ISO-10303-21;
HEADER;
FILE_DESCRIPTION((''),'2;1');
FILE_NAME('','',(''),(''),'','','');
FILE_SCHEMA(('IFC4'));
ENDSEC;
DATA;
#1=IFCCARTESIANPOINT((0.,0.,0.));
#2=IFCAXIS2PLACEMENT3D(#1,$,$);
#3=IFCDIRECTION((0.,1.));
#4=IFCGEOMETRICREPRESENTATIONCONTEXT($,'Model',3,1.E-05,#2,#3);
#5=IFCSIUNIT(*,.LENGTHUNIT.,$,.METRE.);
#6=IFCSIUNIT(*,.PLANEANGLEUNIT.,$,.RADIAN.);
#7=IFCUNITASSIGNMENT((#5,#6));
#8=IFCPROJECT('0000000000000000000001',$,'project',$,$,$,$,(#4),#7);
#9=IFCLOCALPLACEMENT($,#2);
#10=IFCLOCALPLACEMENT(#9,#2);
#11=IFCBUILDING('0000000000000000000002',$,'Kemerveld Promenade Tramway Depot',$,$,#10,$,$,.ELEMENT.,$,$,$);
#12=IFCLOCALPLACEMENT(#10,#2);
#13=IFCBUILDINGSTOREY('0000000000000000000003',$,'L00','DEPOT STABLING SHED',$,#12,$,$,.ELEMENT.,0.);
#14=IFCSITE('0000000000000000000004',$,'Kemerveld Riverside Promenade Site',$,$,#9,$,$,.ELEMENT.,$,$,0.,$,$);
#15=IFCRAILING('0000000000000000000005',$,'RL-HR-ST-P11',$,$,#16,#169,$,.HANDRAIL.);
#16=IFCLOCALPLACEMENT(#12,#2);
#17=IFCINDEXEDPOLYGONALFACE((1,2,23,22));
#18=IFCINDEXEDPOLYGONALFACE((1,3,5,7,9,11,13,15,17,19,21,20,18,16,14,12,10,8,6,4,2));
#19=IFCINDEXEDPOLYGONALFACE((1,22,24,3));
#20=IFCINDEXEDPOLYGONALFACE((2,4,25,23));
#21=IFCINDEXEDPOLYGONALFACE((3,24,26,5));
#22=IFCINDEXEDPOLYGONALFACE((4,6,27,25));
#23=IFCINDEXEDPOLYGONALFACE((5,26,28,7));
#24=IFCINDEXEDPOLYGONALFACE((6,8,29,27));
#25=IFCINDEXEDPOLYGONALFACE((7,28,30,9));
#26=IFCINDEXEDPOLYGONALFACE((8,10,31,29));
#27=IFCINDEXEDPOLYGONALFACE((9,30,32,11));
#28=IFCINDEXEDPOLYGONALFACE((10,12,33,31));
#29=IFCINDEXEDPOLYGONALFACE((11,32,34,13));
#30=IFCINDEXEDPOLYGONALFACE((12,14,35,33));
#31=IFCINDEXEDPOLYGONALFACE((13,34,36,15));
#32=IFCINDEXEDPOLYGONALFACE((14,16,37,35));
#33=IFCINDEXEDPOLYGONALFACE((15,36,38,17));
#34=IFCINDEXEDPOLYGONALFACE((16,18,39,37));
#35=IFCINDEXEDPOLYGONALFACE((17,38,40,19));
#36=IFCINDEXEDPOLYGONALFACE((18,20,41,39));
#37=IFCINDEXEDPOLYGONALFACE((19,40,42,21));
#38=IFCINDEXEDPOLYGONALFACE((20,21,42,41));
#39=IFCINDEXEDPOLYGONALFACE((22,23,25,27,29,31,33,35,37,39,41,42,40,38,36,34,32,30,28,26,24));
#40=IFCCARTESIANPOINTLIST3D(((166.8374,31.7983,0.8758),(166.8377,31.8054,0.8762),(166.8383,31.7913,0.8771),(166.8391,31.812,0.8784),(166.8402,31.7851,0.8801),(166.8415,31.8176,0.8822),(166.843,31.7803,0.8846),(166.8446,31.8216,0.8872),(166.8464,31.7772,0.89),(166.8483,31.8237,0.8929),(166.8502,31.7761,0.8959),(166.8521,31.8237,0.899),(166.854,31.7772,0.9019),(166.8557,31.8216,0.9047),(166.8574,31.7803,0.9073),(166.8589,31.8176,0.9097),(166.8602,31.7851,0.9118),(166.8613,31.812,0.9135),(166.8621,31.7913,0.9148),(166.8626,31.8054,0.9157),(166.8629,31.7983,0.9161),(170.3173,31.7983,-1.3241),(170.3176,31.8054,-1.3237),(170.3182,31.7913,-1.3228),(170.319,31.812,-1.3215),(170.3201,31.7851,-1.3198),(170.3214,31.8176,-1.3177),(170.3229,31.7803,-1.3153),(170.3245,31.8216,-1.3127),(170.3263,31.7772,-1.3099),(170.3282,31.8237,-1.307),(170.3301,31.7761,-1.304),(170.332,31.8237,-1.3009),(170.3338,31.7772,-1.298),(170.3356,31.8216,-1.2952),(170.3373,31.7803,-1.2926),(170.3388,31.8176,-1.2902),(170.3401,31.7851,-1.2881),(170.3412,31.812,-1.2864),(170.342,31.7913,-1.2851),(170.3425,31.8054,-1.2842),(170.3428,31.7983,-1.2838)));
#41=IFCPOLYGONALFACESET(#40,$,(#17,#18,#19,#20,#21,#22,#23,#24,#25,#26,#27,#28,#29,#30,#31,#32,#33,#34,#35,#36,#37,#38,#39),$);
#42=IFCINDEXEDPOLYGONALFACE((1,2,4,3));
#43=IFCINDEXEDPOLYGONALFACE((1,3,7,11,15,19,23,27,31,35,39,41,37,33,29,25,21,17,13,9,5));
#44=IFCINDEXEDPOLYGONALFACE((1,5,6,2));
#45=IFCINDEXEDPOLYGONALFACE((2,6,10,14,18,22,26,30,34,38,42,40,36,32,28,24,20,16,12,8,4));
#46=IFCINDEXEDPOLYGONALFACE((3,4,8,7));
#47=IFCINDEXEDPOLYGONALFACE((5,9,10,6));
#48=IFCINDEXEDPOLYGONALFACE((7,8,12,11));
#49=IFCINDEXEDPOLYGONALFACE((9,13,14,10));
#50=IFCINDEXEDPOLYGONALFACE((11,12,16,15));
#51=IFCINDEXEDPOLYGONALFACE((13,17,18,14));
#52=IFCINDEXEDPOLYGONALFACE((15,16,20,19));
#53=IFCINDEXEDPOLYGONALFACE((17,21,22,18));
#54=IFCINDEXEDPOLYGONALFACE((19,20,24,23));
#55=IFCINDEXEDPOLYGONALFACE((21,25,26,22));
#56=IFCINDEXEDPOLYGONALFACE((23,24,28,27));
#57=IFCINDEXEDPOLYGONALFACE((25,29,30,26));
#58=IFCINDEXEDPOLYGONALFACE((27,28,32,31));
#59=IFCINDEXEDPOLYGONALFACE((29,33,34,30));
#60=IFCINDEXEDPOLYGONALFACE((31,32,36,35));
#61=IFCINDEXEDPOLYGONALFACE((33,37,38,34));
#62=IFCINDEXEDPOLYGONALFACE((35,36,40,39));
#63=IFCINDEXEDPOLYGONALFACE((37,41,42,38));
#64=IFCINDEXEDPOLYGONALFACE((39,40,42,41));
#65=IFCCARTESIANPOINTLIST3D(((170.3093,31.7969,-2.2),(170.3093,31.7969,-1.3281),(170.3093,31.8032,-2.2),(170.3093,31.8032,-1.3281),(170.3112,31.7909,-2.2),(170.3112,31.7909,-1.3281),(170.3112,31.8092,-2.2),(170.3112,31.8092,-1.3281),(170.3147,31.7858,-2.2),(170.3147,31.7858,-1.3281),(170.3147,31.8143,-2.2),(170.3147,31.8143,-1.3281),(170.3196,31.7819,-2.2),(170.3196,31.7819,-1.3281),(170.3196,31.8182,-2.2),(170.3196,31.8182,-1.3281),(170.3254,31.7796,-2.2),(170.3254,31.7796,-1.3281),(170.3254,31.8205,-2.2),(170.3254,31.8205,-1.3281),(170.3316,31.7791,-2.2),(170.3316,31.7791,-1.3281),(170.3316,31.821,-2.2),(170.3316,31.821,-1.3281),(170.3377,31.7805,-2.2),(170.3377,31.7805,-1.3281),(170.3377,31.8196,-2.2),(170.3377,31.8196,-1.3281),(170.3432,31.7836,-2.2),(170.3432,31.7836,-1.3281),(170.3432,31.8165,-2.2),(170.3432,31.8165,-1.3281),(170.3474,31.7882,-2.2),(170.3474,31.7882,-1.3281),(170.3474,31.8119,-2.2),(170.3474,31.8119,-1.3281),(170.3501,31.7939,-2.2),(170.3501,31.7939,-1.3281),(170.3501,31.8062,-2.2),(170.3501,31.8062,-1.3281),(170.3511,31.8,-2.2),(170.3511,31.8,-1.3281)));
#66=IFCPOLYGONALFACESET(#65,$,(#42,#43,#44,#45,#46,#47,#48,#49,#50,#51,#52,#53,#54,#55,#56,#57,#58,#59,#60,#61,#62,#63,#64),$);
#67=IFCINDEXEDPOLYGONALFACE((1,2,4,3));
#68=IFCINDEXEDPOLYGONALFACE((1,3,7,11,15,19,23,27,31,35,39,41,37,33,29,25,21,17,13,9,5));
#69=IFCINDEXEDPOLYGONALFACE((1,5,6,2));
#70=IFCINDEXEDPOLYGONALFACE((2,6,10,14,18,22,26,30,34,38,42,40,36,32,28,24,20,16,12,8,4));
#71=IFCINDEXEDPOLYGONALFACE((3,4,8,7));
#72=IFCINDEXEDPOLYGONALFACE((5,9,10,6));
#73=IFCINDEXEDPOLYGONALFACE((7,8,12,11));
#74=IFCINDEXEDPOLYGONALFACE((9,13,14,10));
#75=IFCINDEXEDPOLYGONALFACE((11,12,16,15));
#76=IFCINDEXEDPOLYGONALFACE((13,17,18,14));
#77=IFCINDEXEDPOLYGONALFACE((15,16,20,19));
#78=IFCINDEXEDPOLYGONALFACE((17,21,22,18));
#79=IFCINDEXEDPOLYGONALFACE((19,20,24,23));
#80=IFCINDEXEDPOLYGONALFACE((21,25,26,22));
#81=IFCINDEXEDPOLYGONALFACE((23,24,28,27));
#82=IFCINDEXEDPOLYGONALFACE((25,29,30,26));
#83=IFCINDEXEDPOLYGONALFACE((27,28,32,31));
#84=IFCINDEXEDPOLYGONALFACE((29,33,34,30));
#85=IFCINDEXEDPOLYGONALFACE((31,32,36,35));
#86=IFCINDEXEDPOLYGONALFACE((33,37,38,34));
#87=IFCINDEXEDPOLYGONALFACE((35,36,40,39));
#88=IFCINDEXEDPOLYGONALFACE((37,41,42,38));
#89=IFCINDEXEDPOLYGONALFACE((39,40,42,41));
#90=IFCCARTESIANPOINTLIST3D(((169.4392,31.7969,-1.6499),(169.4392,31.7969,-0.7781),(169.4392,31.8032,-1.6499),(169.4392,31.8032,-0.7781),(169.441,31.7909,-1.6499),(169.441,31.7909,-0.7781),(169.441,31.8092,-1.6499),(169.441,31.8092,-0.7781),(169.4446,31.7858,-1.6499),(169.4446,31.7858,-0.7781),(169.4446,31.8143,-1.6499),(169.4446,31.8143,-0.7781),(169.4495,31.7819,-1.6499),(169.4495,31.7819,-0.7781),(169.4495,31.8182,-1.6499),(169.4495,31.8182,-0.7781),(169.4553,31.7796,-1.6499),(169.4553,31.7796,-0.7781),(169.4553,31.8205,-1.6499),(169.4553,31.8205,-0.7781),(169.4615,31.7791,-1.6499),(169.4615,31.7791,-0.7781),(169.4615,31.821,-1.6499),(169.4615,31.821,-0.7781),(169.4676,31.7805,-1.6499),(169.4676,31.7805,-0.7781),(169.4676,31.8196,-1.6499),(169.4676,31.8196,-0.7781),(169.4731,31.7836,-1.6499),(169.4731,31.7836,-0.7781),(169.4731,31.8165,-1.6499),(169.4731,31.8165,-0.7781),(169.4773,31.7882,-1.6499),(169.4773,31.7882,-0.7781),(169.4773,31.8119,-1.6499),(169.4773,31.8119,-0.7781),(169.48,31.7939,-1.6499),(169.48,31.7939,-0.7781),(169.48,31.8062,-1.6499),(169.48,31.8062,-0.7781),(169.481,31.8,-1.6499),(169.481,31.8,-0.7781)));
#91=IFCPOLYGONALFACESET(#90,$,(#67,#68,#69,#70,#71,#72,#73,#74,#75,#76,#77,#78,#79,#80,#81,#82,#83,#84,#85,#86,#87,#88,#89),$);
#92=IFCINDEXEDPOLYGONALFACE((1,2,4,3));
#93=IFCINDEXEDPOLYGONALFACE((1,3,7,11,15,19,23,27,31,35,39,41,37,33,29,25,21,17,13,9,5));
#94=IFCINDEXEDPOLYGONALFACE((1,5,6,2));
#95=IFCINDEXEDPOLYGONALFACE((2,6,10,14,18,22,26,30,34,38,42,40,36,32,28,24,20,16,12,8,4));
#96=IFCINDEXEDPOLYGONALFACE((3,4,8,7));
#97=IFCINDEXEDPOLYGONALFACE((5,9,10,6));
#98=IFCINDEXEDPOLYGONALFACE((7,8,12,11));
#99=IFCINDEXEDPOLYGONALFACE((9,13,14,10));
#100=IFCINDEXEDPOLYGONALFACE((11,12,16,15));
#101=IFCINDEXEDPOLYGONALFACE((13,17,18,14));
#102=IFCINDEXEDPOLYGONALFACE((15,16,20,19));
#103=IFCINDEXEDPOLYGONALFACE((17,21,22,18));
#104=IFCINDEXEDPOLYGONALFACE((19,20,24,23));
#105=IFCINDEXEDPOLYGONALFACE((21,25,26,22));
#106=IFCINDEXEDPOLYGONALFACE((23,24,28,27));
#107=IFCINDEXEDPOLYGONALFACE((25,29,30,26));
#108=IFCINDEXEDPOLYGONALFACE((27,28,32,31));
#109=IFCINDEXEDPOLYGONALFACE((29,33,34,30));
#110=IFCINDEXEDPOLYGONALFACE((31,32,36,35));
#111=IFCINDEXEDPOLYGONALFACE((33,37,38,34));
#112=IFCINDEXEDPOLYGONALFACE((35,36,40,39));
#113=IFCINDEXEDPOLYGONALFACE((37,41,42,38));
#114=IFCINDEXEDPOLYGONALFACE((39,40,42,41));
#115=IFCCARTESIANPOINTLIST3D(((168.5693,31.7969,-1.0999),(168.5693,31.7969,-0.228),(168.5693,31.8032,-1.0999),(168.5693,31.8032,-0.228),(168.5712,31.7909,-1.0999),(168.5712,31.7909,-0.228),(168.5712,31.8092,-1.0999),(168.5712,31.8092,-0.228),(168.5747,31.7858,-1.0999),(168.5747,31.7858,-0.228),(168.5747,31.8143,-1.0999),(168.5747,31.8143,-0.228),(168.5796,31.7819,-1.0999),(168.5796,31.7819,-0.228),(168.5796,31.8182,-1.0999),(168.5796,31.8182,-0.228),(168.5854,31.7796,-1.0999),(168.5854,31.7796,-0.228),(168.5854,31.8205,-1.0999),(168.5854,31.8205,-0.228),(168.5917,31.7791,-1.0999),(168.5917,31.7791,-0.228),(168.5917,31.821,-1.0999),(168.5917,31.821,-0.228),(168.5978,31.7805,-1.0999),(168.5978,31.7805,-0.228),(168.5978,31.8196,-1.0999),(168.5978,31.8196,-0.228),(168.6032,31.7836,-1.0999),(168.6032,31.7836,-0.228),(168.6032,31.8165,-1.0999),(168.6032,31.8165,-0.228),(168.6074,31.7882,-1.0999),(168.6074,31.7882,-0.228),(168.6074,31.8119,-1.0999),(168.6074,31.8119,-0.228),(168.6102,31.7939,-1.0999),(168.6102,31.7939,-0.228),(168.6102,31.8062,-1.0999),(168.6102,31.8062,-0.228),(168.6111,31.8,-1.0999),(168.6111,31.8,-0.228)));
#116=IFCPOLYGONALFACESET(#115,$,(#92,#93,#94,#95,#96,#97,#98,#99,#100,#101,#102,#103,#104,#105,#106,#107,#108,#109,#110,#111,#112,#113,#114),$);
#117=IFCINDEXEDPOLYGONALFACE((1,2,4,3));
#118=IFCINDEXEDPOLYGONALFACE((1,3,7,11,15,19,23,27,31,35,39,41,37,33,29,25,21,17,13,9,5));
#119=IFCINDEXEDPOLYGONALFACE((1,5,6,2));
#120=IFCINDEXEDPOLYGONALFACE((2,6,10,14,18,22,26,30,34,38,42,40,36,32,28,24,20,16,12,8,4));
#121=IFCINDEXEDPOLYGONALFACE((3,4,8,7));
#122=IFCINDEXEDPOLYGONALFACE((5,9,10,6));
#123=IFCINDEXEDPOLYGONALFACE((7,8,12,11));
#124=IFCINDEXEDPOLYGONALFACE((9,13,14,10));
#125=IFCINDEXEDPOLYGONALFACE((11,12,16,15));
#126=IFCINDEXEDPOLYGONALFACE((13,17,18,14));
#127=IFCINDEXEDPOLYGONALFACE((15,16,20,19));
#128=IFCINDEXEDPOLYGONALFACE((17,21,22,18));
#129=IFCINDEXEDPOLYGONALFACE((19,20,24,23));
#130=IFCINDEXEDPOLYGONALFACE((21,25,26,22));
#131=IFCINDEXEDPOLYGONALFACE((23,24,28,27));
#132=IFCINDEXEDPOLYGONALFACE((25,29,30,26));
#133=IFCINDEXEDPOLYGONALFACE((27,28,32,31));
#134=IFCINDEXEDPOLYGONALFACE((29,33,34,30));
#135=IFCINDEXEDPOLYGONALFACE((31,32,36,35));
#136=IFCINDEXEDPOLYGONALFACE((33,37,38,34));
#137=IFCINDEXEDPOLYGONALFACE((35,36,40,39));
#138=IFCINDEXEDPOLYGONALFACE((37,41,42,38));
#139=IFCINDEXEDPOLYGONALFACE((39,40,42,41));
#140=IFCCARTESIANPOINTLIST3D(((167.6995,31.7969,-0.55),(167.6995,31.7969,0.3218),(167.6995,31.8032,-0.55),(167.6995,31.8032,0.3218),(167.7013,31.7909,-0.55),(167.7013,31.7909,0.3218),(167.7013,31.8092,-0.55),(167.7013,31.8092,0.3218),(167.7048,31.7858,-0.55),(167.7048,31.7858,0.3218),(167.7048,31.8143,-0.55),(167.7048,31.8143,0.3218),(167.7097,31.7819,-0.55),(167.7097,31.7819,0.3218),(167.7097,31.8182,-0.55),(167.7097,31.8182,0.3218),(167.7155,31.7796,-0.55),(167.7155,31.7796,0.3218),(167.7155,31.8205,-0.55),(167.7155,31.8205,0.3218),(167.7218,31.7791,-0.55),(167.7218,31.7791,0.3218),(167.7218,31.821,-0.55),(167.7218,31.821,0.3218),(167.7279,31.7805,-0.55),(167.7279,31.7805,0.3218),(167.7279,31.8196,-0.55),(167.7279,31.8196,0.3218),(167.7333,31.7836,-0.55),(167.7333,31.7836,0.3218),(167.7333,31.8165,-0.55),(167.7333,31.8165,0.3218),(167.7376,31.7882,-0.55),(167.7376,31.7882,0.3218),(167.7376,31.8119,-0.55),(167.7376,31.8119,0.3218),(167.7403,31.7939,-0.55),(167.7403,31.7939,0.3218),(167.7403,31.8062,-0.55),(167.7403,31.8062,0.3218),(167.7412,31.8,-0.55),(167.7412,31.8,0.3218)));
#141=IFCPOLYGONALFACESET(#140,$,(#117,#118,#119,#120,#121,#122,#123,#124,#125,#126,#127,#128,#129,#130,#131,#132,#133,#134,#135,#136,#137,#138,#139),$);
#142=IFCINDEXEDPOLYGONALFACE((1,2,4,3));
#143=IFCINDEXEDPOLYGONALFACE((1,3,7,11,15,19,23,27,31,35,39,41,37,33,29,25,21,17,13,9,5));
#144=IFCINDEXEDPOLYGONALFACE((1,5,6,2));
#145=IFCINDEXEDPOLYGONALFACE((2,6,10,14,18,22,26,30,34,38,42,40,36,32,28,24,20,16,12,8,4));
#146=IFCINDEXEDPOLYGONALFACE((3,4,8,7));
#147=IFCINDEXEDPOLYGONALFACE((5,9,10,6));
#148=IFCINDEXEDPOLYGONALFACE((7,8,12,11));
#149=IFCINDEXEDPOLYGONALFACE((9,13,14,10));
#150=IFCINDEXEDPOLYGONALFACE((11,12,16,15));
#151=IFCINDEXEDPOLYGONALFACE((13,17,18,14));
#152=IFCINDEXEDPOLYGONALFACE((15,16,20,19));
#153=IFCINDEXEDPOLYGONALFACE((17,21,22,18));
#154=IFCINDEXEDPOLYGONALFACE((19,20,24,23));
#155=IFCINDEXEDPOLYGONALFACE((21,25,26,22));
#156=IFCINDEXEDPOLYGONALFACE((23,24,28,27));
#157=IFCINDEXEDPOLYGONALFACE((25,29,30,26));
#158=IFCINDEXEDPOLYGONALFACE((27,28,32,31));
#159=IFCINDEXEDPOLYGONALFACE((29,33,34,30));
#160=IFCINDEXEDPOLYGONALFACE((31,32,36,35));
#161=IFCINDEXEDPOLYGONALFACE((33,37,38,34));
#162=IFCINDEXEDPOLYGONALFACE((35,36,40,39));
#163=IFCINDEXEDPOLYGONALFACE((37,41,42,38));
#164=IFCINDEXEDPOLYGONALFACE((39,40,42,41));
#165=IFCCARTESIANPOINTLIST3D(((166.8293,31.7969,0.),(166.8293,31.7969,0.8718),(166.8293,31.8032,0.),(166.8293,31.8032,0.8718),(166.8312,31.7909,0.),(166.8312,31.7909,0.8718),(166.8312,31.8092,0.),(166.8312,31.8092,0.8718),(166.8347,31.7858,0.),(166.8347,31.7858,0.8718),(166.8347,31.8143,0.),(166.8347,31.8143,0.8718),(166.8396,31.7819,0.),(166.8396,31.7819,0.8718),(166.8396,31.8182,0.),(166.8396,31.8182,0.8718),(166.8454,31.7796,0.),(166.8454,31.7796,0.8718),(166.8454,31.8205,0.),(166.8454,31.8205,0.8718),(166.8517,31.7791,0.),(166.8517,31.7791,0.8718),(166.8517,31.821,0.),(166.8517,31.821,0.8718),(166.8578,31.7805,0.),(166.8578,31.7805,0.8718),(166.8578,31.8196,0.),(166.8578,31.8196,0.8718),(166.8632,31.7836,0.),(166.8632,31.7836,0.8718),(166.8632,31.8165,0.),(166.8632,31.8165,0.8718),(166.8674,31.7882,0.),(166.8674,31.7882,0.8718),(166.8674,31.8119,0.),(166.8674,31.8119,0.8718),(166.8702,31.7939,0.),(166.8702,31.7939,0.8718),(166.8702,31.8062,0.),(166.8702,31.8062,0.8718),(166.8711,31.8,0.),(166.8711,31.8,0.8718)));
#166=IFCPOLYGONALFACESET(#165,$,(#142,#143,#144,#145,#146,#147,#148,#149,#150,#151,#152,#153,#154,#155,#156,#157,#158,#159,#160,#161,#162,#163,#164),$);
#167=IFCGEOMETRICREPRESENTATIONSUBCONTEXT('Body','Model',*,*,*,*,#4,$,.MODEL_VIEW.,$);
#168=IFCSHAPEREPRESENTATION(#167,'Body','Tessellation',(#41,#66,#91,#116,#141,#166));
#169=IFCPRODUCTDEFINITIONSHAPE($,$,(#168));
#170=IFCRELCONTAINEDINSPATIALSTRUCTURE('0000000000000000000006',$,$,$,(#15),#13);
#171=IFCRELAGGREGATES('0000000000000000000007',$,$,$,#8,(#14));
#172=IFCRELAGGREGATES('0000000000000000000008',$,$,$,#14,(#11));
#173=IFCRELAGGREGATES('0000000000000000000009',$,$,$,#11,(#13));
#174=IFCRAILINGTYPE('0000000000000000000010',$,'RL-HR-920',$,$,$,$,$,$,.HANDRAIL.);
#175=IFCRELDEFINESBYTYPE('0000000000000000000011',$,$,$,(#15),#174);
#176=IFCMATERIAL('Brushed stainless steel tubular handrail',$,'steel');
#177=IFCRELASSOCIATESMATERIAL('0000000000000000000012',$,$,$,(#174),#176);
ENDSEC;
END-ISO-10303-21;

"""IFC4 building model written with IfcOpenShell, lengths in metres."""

from ifc_helpers import new_model, si_unit, direction, frame, origin, origin_2d, place, context, subcontext, project, spatial, circle, extrude, material, type_object, element, save


model = new_model("IFC4")

# Units and contexts
model_context = context("Model", 3, precision=1e-05, world=origin(), true_north=direction((0.0, 1.0)))
body_context = subcontext(model_context, "Body", "Model", "MODEL_VIEW")
ifc_project = project(units=[si_unit("LENGTHUNIT", "METRE"), si_unit("PLANEANGLEUNIT", "RADIAN")], contexts=[model_context])

# Site, building, storey
site_placement = place(None, origin())
site = spatial("IfcSite", under=ifc_project, at=site_placement, Name="Kemerveld Riverside Promenade Site", CompositionType="ELEMENT", RefElevation=0.0)
building_placement = place(site_placement, origin())
building = spatial("IfcBuilding", under=site, at=building_placement, Name="Kemerveld Promenade Tramway Depot", CompositionType="ELEMENT")
storey_placement = place(building_placement, origin())
storey = spatial("IfcBuildingStorey", under=building, at=storey_placement, Name="L00", Description="DEPOT STABLING SHED", CompositionType="ELEMENT", Elevation=0.0)

# Railing
ifc_material_1 = material(Name="Brushed stainless steel tubular handrail", Category="steel")
railing_type = type_object("IfcRailingType", Name="RL-HR-920", PredefinedType="HANDRAIL", material=ifc_material_1)
railing_placement = place(storey_placement, frame((170.3301, 31.8, -2.2)))
element("IfcRailing", 1, at=railing_placement, inside=storey, type_object=railing_type, Name="RL-HR-ST-P11", PredefinedType="HANDRAIL", context=body_context, shape_type="SweptSolid", body=[
    extrude(circle(Radius=0.0239, at=origin_2d()), frame((0.0, 0.0, 0.896), z_axis=(-0.845262, 0.0, 0.534352), x_axis=(0.0, -1.0, 0.0)), (0.0, 0.0, 1.0), 4.1169),
    extrude(circle(Radius=0.021, at=origin_2d()), origin(), (0.0, 0.0, 1.0), 0.8718),
    extrude(circle(Radius=0.021, at=origin_2d()), frame((-0.8701, 0.0, 0.55)), (0.0, 0.0, 1.0), 0.8718),
    extrude(circle(Radius=0.021, at=origin_2d()), frame((-1.74, 0.0, 1.1001)), (0.0, 0.0, 1.0), 0.8718),
    extrude(circle(Radius=0.021, at=origin_2d()), frame((-2.6099, 0.0, 1.6499)), (0.0, 0.0, 1.0), 0.8718),
    extrude(circle(Radius=0.021, at=origin_2d()), frame((-3.48, 0.0, 2.2)), (0.0, 0.0, 1.0), 0.8718),
])

save(model, "model.ifc")
